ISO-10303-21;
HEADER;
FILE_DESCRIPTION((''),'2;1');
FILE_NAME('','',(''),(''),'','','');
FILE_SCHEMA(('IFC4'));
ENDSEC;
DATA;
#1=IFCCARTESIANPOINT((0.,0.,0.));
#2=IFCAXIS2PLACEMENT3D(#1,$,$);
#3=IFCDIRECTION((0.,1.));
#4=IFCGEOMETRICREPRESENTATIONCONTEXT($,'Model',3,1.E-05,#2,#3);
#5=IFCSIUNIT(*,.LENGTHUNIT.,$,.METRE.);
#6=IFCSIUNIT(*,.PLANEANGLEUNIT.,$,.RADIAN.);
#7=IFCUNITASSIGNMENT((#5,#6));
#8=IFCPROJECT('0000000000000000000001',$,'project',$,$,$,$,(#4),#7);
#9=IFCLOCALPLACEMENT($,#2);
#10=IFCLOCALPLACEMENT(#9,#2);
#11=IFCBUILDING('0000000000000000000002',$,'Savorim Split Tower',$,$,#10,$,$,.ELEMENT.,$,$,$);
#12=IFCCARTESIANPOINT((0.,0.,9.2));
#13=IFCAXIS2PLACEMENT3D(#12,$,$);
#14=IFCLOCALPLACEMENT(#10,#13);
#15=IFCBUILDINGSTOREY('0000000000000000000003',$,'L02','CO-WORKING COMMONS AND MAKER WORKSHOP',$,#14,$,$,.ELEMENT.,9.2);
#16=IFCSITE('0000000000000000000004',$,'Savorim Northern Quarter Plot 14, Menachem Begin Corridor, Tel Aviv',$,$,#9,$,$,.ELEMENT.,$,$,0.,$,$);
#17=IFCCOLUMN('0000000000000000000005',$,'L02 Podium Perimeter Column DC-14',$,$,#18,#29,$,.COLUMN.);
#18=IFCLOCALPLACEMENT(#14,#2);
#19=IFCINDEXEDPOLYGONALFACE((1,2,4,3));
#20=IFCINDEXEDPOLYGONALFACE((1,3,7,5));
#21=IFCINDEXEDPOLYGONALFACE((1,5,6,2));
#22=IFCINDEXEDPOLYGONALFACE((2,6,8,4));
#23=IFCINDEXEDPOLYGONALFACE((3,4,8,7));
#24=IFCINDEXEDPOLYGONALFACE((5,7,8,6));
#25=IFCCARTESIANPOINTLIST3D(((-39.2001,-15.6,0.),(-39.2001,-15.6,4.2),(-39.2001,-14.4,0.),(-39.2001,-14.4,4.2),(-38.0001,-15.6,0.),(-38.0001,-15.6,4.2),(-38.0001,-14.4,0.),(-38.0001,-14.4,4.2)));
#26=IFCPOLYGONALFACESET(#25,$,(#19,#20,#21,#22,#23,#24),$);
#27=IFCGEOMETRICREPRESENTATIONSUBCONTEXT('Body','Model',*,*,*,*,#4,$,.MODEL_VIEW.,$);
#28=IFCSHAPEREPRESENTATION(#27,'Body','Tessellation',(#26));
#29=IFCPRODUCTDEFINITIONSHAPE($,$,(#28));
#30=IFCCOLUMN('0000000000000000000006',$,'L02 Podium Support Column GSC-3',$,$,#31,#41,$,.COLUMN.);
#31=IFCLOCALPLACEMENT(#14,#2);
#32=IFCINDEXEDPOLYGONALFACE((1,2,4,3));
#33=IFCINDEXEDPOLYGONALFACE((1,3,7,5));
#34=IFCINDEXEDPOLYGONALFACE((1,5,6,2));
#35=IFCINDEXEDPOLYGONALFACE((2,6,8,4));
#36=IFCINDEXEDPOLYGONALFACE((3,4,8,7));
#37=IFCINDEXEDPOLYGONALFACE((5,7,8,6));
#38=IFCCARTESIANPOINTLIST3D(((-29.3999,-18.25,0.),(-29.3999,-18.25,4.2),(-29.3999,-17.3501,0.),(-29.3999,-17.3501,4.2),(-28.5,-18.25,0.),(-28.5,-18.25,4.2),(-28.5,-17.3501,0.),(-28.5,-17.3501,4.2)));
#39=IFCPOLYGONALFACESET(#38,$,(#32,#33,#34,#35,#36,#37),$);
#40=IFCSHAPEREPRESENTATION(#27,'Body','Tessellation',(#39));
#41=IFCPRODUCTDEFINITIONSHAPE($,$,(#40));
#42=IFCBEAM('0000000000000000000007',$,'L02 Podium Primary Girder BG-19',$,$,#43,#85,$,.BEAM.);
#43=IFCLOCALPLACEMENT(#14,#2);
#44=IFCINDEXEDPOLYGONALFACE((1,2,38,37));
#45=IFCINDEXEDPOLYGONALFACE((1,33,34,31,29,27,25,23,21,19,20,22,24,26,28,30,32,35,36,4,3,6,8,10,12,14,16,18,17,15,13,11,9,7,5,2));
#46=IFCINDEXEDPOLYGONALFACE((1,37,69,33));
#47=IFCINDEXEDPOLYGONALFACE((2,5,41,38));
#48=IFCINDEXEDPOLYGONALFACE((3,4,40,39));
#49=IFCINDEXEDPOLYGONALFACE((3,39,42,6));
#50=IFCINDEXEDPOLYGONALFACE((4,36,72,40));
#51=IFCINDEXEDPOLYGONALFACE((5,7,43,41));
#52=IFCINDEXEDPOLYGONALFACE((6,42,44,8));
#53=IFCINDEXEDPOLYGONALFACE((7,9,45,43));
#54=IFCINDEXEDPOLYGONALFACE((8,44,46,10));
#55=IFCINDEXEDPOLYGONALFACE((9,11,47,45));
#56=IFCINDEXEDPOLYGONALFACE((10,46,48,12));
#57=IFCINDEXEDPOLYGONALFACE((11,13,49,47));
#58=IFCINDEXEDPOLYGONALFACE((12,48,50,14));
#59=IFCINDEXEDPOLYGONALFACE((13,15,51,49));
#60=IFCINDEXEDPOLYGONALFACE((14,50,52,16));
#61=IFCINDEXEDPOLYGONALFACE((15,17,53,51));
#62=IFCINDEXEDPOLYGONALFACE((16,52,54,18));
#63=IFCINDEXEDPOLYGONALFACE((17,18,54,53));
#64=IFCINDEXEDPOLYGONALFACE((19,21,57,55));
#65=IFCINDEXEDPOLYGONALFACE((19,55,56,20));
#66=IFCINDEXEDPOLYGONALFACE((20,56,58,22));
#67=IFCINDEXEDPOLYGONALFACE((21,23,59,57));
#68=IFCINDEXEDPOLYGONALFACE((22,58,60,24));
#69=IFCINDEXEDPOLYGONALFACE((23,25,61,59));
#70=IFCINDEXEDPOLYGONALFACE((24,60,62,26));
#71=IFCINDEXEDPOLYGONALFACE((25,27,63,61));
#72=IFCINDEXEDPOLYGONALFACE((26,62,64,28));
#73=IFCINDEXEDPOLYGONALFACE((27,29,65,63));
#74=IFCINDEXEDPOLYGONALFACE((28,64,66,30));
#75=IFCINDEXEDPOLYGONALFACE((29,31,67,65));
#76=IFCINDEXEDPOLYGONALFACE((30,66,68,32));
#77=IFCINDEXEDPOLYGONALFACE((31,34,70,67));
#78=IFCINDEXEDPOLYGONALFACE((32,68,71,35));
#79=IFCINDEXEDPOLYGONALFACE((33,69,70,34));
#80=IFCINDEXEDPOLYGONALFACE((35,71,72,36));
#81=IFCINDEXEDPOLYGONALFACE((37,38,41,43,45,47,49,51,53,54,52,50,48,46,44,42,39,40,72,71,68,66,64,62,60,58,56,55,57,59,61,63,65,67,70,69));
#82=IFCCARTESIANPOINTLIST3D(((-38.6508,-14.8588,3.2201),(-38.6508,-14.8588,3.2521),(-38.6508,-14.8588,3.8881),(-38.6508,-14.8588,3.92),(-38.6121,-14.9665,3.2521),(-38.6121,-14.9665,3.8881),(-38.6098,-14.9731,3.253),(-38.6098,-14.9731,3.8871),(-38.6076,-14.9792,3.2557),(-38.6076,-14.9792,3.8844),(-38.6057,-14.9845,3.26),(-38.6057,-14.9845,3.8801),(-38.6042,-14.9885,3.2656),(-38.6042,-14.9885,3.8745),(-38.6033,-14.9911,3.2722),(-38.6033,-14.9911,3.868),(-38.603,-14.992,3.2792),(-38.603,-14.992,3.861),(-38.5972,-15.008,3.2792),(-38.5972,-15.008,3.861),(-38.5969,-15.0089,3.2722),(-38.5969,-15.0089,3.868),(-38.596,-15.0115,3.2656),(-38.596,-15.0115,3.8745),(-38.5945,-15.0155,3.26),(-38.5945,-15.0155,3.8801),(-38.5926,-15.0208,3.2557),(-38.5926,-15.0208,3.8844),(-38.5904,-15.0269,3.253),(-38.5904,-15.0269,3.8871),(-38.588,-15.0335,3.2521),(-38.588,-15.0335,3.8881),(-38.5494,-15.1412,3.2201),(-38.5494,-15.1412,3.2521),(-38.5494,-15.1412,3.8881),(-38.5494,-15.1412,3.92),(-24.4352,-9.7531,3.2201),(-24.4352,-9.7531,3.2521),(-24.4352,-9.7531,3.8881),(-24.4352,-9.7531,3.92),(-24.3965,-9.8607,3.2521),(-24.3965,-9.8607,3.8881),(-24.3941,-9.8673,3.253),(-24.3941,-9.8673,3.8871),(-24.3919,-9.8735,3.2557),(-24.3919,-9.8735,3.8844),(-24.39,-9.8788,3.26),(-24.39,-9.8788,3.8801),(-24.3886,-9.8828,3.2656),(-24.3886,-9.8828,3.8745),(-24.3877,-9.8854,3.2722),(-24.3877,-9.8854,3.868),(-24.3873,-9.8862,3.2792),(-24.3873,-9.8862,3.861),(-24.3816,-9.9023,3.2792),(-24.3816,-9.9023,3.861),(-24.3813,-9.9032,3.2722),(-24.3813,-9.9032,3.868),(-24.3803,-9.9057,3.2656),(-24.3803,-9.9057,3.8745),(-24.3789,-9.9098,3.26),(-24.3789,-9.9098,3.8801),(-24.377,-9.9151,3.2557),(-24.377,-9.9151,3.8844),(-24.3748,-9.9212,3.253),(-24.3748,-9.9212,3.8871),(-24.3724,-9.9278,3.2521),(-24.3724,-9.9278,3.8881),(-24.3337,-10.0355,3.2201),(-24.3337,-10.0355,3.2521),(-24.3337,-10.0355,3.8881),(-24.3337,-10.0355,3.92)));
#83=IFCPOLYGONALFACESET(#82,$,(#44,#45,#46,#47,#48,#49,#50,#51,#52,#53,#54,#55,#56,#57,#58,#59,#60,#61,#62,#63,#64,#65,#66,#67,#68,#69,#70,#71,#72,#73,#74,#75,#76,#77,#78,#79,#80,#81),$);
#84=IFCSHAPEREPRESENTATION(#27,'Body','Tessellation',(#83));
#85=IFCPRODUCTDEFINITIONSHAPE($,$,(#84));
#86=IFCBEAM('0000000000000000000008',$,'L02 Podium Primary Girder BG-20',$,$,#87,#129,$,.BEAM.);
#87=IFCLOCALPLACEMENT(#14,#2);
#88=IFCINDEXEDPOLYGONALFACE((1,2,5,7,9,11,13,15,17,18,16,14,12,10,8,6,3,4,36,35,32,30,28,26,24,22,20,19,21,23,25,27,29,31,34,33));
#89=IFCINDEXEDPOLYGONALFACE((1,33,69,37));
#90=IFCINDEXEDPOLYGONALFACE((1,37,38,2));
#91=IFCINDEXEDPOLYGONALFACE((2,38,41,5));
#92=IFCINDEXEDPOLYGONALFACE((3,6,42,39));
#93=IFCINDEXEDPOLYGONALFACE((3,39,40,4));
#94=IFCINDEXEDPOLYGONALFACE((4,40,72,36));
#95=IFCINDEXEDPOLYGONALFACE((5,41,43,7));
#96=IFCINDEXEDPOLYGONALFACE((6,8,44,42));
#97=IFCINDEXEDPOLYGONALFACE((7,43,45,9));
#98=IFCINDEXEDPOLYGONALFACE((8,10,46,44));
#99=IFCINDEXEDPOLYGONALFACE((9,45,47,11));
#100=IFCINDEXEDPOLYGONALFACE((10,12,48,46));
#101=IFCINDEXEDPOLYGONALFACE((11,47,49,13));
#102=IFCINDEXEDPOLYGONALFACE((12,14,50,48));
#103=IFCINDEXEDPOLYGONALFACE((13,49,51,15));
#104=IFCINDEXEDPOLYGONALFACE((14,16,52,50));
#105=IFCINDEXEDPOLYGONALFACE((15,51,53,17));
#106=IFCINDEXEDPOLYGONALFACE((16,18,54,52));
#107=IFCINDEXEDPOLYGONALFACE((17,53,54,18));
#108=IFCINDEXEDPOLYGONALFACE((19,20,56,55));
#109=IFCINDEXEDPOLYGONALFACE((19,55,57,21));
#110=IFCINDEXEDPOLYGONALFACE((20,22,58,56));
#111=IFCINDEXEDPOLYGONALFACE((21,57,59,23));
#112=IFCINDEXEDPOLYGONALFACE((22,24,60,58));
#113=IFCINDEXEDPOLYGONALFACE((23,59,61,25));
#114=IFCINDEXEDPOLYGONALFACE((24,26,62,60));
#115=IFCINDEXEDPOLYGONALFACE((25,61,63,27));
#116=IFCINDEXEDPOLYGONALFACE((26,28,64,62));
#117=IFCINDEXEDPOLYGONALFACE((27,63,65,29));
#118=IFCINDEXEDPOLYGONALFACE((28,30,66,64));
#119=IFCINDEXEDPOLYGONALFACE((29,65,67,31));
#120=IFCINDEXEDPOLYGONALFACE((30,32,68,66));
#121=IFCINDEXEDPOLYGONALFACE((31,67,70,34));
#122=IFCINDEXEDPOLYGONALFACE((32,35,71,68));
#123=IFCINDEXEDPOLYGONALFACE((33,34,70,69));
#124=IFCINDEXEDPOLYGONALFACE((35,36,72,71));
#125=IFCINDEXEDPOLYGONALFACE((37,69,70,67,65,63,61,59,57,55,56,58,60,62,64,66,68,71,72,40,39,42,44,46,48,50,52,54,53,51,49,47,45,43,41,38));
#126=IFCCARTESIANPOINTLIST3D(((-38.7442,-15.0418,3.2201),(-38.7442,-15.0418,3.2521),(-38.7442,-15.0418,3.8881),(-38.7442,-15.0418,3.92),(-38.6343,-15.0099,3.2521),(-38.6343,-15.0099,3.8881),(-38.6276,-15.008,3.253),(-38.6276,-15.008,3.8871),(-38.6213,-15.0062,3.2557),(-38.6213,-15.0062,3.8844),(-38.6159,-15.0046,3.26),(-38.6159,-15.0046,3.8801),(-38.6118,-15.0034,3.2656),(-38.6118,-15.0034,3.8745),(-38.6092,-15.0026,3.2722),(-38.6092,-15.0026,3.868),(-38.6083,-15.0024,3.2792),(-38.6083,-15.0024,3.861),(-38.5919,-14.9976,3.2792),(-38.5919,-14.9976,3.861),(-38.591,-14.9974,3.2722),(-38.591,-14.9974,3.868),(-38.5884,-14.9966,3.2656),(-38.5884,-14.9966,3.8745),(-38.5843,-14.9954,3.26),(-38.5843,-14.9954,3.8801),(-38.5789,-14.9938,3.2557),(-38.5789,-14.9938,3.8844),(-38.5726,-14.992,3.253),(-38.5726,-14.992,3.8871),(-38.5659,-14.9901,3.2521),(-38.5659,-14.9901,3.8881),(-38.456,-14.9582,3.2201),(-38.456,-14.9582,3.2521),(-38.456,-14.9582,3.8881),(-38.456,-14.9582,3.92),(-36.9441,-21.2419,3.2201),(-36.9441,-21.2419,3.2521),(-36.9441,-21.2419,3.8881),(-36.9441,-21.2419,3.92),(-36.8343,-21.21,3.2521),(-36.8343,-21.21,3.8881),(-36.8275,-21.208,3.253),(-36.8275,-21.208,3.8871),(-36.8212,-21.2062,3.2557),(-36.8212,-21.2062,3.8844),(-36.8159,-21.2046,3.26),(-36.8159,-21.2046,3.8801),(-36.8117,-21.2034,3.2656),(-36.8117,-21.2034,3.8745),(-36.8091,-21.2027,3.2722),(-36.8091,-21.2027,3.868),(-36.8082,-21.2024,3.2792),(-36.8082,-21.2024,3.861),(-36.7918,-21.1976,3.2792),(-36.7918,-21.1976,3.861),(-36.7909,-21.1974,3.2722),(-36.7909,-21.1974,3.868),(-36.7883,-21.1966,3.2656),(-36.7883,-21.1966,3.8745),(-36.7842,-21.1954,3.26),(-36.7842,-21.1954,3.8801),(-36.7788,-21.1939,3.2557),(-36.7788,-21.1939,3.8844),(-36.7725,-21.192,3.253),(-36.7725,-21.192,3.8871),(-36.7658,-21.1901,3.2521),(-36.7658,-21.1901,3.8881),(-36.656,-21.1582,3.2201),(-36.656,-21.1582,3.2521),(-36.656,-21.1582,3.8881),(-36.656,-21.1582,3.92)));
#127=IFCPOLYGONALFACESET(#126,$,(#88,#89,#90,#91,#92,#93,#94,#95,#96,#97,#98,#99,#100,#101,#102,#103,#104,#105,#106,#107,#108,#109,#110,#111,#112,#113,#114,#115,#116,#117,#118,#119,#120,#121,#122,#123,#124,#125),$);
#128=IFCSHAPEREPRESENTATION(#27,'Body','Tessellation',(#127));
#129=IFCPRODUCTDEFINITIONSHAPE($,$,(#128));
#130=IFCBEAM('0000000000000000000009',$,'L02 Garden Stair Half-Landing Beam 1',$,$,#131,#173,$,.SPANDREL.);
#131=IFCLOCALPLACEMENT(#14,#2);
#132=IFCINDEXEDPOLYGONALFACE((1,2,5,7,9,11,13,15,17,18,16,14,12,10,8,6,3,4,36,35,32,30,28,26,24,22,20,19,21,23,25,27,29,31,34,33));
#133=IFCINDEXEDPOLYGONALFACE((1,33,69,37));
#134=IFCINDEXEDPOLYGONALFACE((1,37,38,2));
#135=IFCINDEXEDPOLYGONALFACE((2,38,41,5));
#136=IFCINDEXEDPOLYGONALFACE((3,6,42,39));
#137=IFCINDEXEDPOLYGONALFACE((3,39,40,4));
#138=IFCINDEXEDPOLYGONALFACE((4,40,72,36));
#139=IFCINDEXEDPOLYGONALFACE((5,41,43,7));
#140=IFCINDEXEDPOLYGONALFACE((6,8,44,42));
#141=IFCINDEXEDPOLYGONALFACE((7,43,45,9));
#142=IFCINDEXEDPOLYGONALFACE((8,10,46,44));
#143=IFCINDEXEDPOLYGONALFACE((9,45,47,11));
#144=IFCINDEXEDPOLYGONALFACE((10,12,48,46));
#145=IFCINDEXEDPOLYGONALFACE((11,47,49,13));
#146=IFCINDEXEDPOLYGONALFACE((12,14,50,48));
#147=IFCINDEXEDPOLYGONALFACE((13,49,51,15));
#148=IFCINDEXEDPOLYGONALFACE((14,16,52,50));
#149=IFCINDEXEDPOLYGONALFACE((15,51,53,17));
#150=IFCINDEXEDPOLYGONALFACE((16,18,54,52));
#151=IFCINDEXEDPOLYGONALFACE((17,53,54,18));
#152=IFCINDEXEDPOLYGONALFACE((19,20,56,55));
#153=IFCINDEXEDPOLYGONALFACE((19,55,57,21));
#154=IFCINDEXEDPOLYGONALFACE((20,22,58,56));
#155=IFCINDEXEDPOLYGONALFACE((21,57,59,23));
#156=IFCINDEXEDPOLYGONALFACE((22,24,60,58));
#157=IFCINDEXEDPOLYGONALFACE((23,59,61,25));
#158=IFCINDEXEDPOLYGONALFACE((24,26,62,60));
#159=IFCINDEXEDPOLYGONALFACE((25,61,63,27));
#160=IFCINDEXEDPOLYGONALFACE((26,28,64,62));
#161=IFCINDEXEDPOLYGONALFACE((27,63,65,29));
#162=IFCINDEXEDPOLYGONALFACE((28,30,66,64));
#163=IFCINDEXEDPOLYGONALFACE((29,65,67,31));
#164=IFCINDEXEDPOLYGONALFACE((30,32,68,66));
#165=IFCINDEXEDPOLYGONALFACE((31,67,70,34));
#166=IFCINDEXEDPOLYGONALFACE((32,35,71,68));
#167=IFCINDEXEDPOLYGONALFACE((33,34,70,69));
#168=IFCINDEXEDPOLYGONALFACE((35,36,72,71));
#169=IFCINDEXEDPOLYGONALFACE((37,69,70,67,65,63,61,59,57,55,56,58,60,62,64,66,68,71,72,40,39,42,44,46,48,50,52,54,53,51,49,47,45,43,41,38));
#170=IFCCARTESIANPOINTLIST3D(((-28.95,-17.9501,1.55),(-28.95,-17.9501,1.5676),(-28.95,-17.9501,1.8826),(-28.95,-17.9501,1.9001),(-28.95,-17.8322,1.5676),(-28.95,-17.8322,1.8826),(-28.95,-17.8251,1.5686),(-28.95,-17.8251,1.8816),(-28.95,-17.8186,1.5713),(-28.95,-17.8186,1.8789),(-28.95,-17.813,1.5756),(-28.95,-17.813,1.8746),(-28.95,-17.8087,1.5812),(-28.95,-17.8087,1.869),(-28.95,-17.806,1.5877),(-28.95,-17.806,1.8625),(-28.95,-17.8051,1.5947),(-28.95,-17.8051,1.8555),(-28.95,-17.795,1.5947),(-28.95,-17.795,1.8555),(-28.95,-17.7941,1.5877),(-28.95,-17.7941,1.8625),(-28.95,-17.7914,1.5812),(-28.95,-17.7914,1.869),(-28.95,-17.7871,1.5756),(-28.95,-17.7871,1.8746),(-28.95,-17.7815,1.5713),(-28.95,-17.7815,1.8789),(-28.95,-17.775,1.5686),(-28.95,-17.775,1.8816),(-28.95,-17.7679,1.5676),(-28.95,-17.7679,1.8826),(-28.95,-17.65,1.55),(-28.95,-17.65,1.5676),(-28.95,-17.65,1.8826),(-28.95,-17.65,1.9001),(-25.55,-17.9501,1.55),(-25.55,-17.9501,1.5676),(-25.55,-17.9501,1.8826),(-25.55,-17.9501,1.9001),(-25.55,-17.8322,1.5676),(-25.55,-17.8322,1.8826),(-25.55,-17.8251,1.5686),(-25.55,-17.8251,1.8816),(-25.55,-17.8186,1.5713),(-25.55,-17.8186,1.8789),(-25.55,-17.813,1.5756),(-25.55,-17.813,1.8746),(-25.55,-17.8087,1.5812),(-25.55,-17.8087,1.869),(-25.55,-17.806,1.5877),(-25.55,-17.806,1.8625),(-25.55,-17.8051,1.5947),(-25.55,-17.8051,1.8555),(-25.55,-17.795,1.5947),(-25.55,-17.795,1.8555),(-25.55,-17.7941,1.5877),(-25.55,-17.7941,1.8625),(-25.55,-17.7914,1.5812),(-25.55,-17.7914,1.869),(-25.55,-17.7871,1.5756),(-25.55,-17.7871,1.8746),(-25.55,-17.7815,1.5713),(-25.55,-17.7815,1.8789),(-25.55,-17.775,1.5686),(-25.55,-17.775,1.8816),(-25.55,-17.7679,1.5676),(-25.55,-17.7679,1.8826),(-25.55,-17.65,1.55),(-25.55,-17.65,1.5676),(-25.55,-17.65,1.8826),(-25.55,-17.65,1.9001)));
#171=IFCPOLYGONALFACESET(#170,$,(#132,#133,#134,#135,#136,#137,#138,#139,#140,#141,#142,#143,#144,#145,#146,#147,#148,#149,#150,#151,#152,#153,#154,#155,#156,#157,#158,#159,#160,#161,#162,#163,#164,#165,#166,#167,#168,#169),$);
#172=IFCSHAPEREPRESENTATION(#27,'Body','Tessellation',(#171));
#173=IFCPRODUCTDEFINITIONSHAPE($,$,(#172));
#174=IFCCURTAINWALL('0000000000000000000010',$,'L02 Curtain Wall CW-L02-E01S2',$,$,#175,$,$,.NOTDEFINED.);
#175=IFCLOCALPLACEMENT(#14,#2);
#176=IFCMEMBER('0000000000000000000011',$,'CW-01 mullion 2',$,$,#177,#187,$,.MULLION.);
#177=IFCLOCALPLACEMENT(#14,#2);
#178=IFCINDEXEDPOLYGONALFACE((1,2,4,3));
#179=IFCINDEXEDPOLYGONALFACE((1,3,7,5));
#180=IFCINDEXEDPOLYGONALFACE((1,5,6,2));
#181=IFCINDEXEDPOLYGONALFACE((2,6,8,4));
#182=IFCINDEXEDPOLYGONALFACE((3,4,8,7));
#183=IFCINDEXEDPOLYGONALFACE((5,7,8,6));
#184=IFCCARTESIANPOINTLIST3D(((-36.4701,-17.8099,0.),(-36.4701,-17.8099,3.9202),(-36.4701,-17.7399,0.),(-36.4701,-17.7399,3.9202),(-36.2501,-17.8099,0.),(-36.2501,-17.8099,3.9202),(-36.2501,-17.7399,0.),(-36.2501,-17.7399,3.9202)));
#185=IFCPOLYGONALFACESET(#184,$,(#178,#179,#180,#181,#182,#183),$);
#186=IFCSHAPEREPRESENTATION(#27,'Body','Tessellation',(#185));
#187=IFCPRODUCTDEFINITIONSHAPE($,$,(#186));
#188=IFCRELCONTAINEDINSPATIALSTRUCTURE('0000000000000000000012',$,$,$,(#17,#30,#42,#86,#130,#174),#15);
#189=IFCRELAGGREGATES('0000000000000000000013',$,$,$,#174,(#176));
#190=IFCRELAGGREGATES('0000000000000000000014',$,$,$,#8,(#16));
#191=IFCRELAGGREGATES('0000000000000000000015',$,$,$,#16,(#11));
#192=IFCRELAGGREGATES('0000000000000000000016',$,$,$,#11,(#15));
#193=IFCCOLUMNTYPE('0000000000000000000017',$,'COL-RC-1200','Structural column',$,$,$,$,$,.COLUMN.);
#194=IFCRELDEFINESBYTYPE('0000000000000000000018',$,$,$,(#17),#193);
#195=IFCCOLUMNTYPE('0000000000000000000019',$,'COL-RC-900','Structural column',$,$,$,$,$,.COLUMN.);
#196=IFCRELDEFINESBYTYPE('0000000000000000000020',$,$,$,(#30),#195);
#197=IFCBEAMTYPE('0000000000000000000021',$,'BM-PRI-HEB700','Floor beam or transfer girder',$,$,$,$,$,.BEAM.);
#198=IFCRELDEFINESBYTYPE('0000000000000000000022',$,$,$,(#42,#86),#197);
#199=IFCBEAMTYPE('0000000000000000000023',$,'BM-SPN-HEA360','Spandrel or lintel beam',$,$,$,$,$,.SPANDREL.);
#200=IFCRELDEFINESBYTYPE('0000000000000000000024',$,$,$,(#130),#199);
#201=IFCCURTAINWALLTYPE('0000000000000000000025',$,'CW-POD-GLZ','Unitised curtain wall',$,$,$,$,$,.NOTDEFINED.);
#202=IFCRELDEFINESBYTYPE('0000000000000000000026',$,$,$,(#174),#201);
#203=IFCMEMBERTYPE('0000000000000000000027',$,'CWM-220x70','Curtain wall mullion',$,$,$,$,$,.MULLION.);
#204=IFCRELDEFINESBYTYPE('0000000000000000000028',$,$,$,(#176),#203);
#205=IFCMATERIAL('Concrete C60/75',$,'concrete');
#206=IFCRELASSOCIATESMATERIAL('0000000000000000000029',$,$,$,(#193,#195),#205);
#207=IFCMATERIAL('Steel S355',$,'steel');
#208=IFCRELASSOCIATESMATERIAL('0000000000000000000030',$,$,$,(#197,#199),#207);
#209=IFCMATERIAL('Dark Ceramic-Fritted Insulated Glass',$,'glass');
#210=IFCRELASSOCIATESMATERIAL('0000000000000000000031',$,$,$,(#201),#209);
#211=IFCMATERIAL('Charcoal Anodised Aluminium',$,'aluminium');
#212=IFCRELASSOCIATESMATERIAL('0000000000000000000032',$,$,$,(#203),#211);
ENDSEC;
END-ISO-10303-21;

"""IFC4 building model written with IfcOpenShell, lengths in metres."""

from ifc_helpers import new_model, si_unit, direction, frame, origin, origin_2d, place, context, subcontext, project, spatial, rectangle, i_section, extrude, material, material_profile, profile_set, type_object, element, aggregate, save


model = new_model("IFC4")

# Units and contexts
model_context = context("Model", 3, precision=1e-05, world=origin(), true_north=direction((0.0, 1.0)))
body_context = subcontext(model_context, "Body", "Model", "MODEL_VIEW")
ifc_project = project(units=[si_unit("LENGTHUNIT", "METRE"), si_unit("PLANEANGLEUNIT", "RADIAN")], contexts=[model_context])

# Site, building, storey
site_placement = place(None, origin())
site = spatial("IfcSite", under=ifc_project, at=site_placement, Name="Savorim Northern Quarter Plot 14, Menachem Begin Corridor, Tel Aviv", CompositionType="ELEMENT", RefElevation=0.0)
building_placement = place(site_placement, origin())
building = spatial("IfcBuilding", under=site, at=building_placement, Name="Savorim Split Tower", CompositionType="ELEMENT")
storey_placement = place(building_placement, frame((0.0, 0.0, 9.2)))
storey = spatial("IfcBuildingStorey", under=building, at=storey_placement, Name="L02", Description="CO-WORKING COMMONS AND MAKER WORKSHOP", CompositionType="ELEMENT", Elevation=9.2)

# Columns
ifc_material_1 = material(Name="Concrete C60/75", Category="concrete")
ifc_material_profile_1 = material_profile(ifc_material_1, rectangle(XDim=1.2, YDim=1.2, at=origin_2d()), Name="RC 1200x1200")
ifc_profile_set_1 = profile_set([ifc_material_profile_1], Name="Concrete C60/75")
column_type_1 = type_object("IfcColumnType", Name="COL-RC-1200", Description="Structural column", PredefinedType="COLUMN", material=ifc_profile_set_1)
column_1_placement = place(storey_placement, frame((-38.6001, -15.0, 0.0), z_axis=(0.0, 0.0, 1.0), x_axis=(1.0, 0.0, 0.0)))
element("IfcColumn", 1, at=column_1_placement, inside=storey, type_object=column_type_1, Name="L02 Podium Perimeter Column DC-14", PredefinedType="COLUMN", context=body_context, shape_type="SweptSolid", body=[
    extrude(rectangle(XDim=1.2, YDim=1.2, at=origin_2d()), origin(), (0.0, 0.0, 1.0), 4.2),
])
ifc_material_profile_2 = material_profile(ifc_material_1, rectangle(XDim=0.8999, YDim=0.8999, at=origin_2d()), Name="RC 900x900")
ifc_profile_set_2 = profile_set([ifc_material_profile_2], Name="Concrete C60/75")
column_type_2 = type_object("IfcColumnType", Name="COL-RC-900", Description="Structural column", PredefinedType="COLUMN", material=ifc_profile_set_2)
column_2_placement = place(storey_placement, frame((-28.95, -17.8, 0.0), z_axis=(0.0, 0.0, 1.0), x_axis=(1.0, 0.0, 0.0)))
element("IfcColumn", 2, at=column_2_placement, inside=storey, type_object=column_type_2, Name="L02 Podium Support Column GSC-3", PredefinedType="COLUMN", context=body_context, shape_type="SweptSolid", body=[
    extrude(rectangle(XDim=0.8999, YDim=0.8999, at=origin_2d()), origin(), (0.0, 0.0, 1.0), 4.2),
])

# Beams
ifc_material_2 = material(Name="Steel S355", Category="steel")
ifc_material_profile_3 = material_profile(ifc_material_2, i_section(OverallWidth=0.3, OverallDepth=0.7, WebThickness=0.0171, FlangeThickness=0.032, FilletRadius=0.0271, at=origin_2d()), Name="HEB 700")
ifc_profile_set_3 = profile_set([ifc_material_profile_3], Name="Steel S355")
beam_type_1 = type_object("IfcBeamType", Name="BM-PRI-HEB700", Description="Floor beam or transfer girder", PredefinedType="BEAM", material=ifc_profile_set_3)
beam_1_placement = place(storey_placement, frame((-38.6001, -15.0, 3.5701), z_axis=(0.941138, 0.338022, 0.0), x_axis=(-0.338022, 0.941138, 0.0)))
element("IfcBeam", 3, at=beam_1_placement, inside=storey, type_object=beam_type_1, Name="L02 Podium Primary Girder BG-19", PredefinedType="BEAM", context=body_context, shape_type="SweptSolid", body=[
    extrude(i_section(OverallWidth=0.3, OverallDepth=0.7, WebThickness=0.0171, FlangeThickness=0.032, FilletRadius=0.0271, at=origin_2d()), origin(), (0.0, 0.0, 1.0), 15.1047),
])
beam_2_placement = place(storey_placement, frame((-38.6001, -15.0, 3.5701), z_axis=(0.278819, -0.960344, 0.0), x_axis=(0.960344, 0.278819, 0.0)))
element("IfcBeam", 4, at=beam_2_placement, inside=storey, type_object=beam_type_1, Name="L02 Podium Primary Girder BG-20", PredefinedType="BEAM", context=body_context, shape_type="SweptSolid", body=[
    extrude(i_section(OverallWidth=0.3, OverallDepth=0.7, WebThickness=0.0171, FlangeThickness=0.032, FilletRadius=0.0271, at=origin_2d()), origin(), (0.0, 0.0, 1.0), 6.4561),
])
ifc_material_profile_4 = material_profile(ifc_material_2, i_section(OverallWidth=0.3, OverallDepth=0.3501, WebThickness=0.01, FlangeThickness=0.0176, FilletRadius=0.0271, at=origin_2d()), Name="HEA 360")
ifc_profile_set_4 = profile_set([ifc_material_profile_4], Name="Steel S355")
beam_type_2 = type_object("IfcBeamType", Name="BM-SPN-HEA360", Description="Spandrel or lintel beam", PredefinedType="SPANDREL", material=ifc_profile_set_4)
beam_3_placement = place(storey_placement, frame((-28.95, -17.8, 1.7251), z_axis=(1.0, 0.0, 0.0), x_axis=(0.0, 1.0, 0.0)))
element("IfcBeam", 5, at=beam_3_placement, inside=storey, type_object=beam_type_2, Name="L02 Garden Stair Half-Landing Beam 1", PredefinedType="SPANDREL", context=body_context, shape_type="SweptSolid", body=[
    extrude(i_section(OverallWidth=0.3, OverallDepth=0.3501, WebThickness=0.01, FlangeThickness=0.0176, FilletRadius=0.0271, at=origin_2d()), origin(), (0.0, 0.0, 1.0), 3.3999),
])

# Curtain wall, member
ifc_material_3 = material(Name="Dark Ceramic-Fritted Insulated Glass", Category="glass")
curtain_wall_type = type_object("IfcCurtainWallType", Name="CW-POD-GLZ", Description="Unitised curtain wall", PredefinedType="NOTDEFINED", material=ifc_material_3)
curtain_wall_1_placement = place(storey_placement, origin())
curtain_wall_1 = element("IfcCurtainWall", 6, at=curtain_wall_1_placement, inside=storey, type_object=curtain_wall_type, Name="L02 Curtain Wall CW-L02-E01S2", PredefinedType="NOTDEFINED")
ifc_material_4 = material(Name="Charcoal Anodised Aluminium", Category="aluminium")
ifc_material_profile_5 = material_profile(ifc_material_4, rectangle(XDim=0.22, YDim=0.0701, at=origin_2d()), Name="ALU-M 220x70")
ifc_profile_set_5 = profile_set([ifc_material_profile_5], Name="Charcoal Anodised Aluminium")
member_type_1 = type_object("IfcMemberType", Name="CWM-220x70", Description="Curtain wall mullion", PredefinedType="MULLION", material=ifc_profile_set_5)
member_1_placement = place(storey_placement, frame((-36.3601, -17.7749, 0.0), z_axis=(0.0, 0.0, 1.0), x_axis=(-1.0, 0.0, 0.0)))
member_1 = element("IfcMember", 7, at=member_1_placement, type_object=member_type_1, Name="CW-01 mullion 2", PredefinedType="MULLION", context=body_context, shape_type="SweptSolid", body=[
    extrude(rectangle(XDim=0.22, YDim=0.0701, at=origin_2d()), origin(), (0.0, 0.0, 1.0), 3.9202),
])

aggregate(curtain_wall_1, [member_1])

save(model, "model.ifc")
